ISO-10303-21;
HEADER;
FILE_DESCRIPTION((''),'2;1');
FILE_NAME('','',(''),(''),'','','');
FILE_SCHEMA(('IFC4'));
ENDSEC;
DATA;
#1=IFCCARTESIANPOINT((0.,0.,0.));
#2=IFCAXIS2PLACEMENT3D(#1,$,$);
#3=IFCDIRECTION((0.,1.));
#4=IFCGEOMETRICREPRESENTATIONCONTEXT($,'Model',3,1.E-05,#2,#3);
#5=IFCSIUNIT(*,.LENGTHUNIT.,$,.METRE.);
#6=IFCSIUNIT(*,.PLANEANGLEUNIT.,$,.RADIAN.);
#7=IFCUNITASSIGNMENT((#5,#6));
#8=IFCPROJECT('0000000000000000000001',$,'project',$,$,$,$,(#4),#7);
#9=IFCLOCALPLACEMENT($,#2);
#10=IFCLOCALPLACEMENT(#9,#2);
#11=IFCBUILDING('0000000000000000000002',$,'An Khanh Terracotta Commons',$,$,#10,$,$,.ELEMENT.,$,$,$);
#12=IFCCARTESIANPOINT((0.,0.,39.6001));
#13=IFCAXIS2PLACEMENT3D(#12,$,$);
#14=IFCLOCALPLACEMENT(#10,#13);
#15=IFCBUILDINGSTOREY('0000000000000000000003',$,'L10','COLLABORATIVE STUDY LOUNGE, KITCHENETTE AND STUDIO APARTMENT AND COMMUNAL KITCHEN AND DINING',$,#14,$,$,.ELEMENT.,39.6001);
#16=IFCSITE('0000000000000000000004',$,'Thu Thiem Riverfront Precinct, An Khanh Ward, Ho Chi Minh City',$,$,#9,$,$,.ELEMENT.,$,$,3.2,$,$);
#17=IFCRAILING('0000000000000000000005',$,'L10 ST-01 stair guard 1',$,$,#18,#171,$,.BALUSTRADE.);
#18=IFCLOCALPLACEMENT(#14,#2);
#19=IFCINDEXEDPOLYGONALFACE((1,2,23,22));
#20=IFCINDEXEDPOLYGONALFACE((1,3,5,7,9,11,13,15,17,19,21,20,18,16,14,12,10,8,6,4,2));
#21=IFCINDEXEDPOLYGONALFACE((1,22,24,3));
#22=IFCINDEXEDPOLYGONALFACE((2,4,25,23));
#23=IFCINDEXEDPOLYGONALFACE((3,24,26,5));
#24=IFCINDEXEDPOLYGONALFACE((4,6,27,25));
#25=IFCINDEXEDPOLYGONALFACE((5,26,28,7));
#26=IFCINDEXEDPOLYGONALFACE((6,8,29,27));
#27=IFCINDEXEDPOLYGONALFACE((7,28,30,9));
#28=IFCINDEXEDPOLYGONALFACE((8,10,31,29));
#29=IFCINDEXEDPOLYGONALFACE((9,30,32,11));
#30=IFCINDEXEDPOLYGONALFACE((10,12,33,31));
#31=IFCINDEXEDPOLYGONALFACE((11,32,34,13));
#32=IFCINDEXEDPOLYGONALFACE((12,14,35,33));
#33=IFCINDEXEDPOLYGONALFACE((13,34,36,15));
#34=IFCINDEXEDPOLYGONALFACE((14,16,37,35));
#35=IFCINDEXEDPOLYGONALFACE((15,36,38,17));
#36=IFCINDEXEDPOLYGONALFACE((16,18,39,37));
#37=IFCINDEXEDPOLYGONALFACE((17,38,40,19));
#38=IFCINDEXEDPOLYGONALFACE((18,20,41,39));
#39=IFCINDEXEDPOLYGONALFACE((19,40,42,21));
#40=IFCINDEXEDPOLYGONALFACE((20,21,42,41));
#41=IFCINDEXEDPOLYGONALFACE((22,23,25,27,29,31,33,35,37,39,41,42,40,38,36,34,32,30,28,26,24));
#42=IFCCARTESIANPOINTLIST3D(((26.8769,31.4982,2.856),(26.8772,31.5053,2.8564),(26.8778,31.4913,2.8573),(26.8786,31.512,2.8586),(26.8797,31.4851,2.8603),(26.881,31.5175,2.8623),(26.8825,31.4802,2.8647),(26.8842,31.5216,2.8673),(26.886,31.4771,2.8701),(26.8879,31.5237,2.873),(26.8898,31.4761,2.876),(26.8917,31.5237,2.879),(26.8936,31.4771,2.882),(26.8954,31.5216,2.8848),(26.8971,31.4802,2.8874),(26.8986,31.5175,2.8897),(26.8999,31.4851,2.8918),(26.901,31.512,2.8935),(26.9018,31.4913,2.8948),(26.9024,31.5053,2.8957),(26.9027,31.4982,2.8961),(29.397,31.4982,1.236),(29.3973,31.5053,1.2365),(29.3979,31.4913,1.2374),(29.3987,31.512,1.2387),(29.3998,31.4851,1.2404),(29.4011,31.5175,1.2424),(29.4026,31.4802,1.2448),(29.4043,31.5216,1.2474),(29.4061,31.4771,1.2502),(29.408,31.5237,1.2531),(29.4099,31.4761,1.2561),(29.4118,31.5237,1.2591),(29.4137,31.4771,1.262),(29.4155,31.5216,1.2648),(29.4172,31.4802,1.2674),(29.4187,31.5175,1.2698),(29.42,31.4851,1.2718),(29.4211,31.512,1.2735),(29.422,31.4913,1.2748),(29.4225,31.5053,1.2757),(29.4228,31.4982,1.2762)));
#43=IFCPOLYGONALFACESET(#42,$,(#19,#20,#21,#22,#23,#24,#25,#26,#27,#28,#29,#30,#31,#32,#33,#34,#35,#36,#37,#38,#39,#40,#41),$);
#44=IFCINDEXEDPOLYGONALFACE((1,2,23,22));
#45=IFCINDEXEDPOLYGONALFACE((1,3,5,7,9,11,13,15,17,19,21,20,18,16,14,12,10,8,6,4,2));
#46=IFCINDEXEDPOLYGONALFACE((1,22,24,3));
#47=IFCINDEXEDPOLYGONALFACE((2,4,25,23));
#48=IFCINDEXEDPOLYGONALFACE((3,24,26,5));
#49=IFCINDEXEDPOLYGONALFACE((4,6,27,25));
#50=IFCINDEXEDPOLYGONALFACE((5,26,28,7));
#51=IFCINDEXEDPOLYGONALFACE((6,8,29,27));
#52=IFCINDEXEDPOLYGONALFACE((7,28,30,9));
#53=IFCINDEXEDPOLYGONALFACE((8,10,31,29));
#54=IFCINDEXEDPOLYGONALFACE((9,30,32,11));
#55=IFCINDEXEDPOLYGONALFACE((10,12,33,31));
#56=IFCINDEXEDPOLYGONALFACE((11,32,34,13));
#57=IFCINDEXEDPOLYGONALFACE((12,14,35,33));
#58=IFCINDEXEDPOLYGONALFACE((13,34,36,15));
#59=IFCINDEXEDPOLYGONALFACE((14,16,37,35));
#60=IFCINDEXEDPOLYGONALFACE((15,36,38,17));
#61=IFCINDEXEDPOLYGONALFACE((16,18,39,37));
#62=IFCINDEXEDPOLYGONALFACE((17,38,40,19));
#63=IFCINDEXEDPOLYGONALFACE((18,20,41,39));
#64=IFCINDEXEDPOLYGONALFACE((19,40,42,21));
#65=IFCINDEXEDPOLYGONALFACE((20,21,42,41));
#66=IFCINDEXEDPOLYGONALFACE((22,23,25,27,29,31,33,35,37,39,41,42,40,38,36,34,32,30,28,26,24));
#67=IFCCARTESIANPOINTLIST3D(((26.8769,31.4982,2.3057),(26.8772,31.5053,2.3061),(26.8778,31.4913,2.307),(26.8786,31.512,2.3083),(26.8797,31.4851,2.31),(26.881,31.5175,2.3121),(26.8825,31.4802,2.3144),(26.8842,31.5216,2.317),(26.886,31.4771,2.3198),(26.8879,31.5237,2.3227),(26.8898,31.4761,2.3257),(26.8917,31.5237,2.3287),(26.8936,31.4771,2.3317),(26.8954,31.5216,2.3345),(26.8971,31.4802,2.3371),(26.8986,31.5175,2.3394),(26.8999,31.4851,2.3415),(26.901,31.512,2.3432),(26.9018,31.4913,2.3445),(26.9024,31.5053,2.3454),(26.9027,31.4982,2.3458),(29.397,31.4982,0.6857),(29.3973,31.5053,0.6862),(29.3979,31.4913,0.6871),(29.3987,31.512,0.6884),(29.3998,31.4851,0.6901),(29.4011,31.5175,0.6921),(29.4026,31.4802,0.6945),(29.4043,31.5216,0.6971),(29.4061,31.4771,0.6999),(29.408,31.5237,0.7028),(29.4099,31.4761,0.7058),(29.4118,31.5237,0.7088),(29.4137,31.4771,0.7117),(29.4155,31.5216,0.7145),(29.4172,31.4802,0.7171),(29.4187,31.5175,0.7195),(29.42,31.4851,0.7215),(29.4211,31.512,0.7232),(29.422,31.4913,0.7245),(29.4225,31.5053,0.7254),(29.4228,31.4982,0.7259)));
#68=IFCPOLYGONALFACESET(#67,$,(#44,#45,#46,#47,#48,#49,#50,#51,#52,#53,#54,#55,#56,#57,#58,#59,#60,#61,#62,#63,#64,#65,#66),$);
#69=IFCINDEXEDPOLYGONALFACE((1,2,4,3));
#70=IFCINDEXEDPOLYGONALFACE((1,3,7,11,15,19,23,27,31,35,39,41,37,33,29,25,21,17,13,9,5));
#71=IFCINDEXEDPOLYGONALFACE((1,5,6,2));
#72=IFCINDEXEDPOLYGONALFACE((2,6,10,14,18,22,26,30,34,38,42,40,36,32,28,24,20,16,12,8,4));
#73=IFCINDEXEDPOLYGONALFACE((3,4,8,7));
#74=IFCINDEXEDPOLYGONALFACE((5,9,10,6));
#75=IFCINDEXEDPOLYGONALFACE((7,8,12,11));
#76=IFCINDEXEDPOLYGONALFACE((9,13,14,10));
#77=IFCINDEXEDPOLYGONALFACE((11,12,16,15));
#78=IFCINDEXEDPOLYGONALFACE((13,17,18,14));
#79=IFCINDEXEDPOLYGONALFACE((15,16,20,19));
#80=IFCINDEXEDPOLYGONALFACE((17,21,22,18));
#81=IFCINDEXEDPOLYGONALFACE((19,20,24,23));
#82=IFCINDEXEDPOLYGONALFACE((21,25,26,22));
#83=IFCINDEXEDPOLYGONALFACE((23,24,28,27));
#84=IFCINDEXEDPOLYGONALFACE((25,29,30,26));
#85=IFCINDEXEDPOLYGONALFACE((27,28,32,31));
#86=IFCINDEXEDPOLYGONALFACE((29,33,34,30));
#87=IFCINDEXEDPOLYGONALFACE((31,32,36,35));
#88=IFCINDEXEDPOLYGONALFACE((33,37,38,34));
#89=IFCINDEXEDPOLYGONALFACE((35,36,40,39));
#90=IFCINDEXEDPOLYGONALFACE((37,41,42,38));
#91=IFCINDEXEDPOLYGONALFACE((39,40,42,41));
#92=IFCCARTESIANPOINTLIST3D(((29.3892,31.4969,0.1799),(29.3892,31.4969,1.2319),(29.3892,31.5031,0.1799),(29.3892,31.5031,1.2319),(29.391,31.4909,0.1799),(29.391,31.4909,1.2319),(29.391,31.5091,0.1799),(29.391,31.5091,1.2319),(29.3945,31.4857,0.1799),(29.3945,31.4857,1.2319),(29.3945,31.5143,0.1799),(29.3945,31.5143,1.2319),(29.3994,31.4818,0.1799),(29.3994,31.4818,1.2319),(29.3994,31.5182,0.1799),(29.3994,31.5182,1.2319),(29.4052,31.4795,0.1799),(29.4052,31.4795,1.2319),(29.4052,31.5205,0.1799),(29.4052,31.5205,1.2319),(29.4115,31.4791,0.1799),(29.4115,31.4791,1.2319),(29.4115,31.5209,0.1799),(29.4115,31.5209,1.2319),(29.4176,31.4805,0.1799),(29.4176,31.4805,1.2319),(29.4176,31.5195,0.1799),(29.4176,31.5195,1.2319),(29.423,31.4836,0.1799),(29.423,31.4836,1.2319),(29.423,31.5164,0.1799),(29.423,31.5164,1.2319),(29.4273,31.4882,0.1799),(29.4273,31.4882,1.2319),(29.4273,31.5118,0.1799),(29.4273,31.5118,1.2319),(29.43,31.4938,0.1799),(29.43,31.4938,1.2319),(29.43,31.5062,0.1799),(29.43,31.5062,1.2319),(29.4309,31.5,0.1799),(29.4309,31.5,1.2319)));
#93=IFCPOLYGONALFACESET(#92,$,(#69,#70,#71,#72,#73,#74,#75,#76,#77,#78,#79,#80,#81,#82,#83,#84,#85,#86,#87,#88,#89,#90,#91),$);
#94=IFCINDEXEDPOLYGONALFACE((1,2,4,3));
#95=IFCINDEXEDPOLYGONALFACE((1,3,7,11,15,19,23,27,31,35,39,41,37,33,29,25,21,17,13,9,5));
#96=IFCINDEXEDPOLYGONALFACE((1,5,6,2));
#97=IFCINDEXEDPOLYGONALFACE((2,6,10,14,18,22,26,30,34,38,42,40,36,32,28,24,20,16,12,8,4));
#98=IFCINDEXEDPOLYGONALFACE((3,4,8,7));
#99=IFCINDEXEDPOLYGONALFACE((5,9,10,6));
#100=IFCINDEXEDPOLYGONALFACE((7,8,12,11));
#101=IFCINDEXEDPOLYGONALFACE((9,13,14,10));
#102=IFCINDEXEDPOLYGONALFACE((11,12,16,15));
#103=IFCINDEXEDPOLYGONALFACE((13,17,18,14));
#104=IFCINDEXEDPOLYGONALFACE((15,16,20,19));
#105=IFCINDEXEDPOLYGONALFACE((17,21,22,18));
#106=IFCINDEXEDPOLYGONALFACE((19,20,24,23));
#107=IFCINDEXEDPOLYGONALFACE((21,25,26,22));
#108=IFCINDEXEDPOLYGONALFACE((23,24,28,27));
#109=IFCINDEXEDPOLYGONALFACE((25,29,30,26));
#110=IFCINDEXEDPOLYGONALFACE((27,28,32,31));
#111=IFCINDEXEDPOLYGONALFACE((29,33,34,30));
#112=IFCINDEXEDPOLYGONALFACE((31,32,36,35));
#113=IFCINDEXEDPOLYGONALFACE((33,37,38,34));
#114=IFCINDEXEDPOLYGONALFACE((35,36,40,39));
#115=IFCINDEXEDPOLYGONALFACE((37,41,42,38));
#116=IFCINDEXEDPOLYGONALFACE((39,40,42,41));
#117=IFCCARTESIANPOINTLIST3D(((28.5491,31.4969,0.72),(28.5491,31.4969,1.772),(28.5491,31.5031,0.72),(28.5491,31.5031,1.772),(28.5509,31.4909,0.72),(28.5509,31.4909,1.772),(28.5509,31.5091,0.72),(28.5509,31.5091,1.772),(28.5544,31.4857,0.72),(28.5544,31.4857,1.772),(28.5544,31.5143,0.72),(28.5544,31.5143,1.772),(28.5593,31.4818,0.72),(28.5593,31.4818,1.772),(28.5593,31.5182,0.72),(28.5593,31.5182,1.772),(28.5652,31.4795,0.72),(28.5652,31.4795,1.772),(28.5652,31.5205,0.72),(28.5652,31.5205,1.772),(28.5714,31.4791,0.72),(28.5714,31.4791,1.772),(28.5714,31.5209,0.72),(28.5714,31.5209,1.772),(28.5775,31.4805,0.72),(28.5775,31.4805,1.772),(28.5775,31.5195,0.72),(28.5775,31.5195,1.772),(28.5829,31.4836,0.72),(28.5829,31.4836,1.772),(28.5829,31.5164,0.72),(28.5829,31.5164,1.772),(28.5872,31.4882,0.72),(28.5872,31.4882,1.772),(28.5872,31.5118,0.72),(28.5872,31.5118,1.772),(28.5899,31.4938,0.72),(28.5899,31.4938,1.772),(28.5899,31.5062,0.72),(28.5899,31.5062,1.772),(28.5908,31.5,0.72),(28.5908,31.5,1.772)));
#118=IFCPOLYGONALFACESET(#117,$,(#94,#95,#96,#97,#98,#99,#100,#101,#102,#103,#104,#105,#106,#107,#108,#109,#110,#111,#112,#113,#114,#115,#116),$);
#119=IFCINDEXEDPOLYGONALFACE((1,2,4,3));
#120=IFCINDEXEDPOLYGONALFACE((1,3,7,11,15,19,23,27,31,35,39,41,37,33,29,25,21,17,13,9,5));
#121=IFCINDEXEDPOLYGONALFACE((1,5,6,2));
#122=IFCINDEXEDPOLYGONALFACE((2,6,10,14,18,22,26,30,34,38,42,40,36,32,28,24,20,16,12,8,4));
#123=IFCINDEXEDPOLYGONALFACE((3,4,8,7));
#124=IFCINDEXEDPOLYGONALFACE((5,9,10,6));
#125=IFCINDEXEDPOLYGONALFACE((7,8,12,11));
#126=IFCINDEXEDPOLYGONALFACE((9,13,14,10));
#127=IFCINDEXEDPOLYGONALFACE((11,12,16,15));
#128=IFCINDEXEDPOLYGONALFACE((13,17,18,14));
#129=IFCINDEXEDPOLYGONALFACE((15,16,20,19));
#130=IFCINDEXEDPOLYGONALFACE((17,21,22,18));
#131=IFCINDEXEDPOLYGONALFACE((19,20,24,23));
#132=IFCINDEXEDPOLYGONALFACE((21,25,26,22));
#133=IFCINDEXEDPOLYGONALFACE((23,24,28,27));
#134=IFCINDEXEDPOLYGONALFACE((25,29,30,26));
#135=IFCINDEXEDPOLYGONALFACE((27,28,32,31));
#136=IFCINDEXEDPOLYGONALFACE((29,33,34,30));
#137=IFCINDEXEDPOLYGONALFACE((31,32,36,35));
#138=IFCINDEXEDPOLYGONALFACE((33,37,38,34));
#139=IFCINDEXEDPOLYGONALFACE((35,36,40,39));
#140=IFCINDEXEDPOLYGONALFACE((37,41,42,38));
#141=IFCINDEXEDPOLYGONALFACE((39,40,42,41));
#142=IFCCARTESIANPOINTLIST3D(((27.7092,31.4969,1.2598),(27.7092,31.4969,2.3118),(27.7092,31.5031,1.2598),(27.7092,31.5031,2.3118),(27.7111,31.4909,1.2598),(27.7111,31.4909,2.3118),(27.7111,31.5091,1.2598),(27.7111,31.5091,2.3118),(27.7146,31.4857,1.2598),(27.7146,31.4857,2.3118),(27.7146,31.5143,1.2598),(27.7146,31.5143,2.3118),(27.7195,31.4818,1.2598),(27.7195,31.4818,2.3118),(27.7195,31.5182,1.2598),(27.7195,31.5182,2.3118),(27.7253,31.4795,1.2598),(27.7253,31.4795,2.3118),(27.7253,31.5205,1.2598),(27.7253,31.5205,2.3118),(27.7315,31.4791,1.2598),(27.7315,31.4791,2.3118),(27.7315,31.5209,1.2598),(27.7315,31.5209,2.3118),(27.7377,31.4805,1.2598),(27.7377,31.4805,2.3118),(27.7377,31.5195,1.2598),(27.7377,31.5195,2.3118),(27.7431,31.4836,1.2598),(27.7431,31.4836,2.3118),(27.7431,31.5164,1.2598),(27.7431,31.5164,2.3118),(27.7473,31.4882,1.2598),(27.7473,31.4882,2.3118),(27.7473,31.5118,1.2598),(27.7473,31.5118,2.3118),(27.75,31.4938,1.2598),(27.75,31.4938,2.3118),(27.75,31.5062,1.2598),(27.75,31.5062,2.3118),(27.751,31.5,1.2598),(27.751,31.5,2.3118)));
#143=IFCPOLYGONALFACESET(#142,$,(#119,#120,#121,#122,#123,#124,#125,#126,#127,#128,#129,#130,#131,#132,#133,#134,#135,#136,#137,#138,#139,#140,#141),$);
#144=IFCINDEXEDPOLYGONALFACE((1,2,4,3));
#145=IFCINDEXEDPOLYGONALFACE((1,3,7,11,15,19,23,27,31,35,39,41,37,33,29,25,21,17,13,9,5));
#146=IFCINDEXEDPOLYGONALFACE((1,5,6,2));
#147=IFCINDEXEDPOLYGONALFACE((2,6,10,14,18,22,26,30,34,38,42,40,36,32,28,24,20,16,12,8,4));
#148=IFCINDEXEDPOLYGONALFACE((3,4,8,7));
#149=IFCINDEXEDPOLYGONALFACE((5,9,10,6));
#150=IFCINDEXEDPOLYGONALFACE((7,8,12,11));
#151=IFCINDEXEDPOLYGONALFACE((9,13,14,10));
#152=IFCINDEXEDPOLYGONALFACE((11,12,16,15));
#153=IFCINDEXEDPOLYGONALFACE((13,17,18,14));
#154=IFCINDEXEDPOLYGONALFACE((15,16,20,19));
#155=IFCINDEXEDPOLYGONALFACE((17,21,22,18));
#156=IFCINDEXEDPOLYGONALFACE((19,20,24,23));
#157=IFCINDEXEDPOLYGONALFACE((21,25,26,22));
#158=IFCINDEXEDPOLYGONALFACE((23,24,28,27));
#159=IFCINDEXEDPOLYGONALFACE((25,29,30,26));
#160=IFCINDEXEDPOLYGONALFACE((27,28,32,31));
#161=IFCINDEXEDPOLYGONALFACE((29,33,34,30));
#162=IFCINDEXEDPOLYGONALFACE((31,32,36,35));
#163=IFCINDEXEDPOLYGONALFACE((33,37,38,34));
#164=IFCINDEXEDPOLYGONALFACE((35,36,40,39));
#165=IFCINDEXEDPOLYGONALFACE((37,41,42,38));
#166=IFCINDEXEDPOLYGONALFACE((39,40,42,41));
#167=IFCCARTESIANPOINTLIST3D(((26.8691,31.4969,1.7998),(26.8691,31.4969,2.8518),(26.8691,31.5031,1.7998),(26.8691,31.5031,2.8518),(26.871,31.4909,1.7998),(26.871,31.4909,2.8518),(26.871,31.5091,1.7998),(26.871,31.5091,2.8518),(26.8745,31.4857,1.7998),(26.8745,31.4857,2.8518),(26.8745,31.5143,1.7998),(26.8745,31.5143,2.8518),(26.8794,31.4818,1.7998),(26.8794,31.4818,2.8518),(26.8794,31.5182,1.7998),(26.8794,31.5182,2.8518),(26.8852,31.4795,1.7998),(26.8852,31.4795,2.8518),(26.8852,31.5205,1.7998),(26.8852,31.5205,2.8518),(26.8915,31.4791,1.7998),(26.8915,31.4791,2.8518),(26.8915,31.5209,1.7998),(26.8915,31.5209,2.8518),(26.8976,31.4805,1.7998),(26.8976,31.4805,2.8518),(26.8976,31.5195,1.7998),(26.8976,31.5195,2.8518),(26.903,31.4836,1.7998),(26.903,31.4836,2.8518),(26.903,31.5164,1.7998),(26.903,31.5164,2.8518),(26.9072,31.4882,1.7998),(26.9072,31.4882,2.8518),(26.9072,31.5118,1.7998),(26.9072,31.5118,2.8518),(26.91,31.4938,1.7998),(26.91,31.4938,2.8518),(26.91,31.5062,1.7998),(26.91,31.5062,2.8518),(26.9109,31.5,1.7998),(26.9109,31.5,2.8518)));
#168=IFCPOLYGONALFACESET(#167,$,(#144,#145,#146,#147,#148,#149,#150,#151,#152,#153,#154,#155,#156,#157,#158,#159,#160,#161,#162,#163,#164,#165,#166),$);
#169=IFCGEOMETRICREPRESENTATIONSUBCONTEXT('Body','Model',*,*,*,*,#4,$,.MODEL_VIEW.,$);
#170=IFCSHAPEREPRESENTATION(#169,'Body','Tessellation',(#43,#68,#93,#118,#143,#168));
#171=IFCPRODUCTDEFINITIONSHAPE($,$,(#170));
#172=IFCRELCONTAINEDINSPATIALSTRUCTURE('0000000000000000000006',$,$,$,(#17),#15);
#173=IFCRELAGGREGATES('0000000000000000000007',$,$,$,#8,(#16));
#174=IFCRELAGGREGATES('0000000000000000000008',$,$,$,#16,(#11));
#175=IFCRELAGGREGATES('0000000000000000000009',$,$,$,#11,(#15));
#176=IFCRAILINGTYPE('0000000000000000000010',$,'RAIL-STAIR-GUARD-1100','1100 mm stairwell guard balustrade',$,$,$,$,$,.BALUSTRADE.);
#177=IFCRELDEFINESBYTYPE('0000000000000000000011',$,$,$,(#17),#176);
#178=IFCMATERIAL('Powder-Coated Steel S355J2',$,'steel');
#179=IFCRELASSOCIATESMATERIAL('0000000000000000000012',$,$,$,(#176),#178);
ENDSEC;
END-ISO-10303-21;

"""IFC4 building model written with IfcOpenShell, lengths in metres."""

from ifc_helpers import new_model, si_unit, direction, frame, origin, origin_2d, place, context, subcontext, project, spatial, circle, extrude, material, type_object, element, save


model = new_model("IFC4")

# Units and contexts
model_context = context("Model", 3, precision=1e-05, world=origin(), true_north=direction((0.0, 1.0)))
body_context = subcontext(model_context, "Body", "Model", "MODEL_VIEW")
ifc_project = project(units=[si_unit("LENGTHUNIT", "METRE"), si_unit("PLANEANGLEUNIT", "RADIAN")], contexts=[model_context])

# Site, building, storey
site_placement = place(None, origin())
site = spatial("IfcSite", under=ifc_project, at=site_placement, Name="Thu Thiem Riverfront Precinct, An Khanh Ward, Ho Chi Minh City", CompositionType="ELEMENT", RefElevation=3.2)
building_placement = place(site_placement, origin())
building = spatial("IfcBuilding", under=site, at=building_placement, Name="An Khanh Terracotta Commons", CompositionType="ELEMENT")
storey_placement = place(building_placement, frame((0.0, 0.0, 39.6001)))
storey = spatial("IfcBuildingStorey", under=building, at=storey_placement, Name="L10", Description="COLLABORATIVE STUDY LOUNGE, KITCHENETTE AND STUDIO APARTMENT AND COMMUNAL KITCHEN AND DINING", CompositionType="ELEMENT", Elevation=39.6001)

# Railing
ifc_material_1 = material(Name="Powder-Coated Steel S355J2", Category="steel")
railing_type_1 = type_object("IfcRailingType", Name="RAIL-STAIR-GUARD-1100", Description="1100 mm stairwell guard balustrade", PredefinedType="BALUSTRADE", material=ifc_material_1)
railing_1_placement = place(storey_placement, frame((29.4099, 31.5, 0.1799)))
element("IfcRailing", 1, at=railing_1_placement, inside=storey, type_object=railing_type_1, Name="L10 ST-01 stair guard 1", PredefinedType="BALUSTRADE", context=body_context, shape_type="SweptSolid", body=[
    extrude(circle(Radius=0.0239, at=origin_2d()), frame((0.0, 0.0, 1.0762), z_axis=(-0.8412, 0.0, 0.540725), x_axis=(0.0, -1.0, 0.0)), (0.0, 0.0, 1.0), 2.9958),
    extrude(circle(Radius=0.0239, at=origin_2d()), frame((0.0, 0.0, 0.5259), z_axis=(-0.8412, 0.0, 0.540725), x_axis=(0.0, -1.0, 0.0)), (0.0, 0.0, 1.0), 2.9958),
    extrude(circle(Radius=0.021, at=origin_2d()), origin(), (0.0, 0.0, 1.0), 1.052),
    extrude(circle(Radius=0.021, at=origin_2d()), frame((-0.8401, 0.0, 0.54)), (0.0, 0.0, 1.0), 1.052),
    extrude(circle(Radius=0.021, at=origin_2d()), frame((-1.6799, 0.0, 1.0798)), (0.0, 0.0, 1.0), 1.052),
    extrude(circle(Radius=0.021, at=origin_2d()), frame((-2.52, 0.0, 1.6199)), (0.0, 0.0, 1.0), 1.052),
])

save(model, "model.ifc")
